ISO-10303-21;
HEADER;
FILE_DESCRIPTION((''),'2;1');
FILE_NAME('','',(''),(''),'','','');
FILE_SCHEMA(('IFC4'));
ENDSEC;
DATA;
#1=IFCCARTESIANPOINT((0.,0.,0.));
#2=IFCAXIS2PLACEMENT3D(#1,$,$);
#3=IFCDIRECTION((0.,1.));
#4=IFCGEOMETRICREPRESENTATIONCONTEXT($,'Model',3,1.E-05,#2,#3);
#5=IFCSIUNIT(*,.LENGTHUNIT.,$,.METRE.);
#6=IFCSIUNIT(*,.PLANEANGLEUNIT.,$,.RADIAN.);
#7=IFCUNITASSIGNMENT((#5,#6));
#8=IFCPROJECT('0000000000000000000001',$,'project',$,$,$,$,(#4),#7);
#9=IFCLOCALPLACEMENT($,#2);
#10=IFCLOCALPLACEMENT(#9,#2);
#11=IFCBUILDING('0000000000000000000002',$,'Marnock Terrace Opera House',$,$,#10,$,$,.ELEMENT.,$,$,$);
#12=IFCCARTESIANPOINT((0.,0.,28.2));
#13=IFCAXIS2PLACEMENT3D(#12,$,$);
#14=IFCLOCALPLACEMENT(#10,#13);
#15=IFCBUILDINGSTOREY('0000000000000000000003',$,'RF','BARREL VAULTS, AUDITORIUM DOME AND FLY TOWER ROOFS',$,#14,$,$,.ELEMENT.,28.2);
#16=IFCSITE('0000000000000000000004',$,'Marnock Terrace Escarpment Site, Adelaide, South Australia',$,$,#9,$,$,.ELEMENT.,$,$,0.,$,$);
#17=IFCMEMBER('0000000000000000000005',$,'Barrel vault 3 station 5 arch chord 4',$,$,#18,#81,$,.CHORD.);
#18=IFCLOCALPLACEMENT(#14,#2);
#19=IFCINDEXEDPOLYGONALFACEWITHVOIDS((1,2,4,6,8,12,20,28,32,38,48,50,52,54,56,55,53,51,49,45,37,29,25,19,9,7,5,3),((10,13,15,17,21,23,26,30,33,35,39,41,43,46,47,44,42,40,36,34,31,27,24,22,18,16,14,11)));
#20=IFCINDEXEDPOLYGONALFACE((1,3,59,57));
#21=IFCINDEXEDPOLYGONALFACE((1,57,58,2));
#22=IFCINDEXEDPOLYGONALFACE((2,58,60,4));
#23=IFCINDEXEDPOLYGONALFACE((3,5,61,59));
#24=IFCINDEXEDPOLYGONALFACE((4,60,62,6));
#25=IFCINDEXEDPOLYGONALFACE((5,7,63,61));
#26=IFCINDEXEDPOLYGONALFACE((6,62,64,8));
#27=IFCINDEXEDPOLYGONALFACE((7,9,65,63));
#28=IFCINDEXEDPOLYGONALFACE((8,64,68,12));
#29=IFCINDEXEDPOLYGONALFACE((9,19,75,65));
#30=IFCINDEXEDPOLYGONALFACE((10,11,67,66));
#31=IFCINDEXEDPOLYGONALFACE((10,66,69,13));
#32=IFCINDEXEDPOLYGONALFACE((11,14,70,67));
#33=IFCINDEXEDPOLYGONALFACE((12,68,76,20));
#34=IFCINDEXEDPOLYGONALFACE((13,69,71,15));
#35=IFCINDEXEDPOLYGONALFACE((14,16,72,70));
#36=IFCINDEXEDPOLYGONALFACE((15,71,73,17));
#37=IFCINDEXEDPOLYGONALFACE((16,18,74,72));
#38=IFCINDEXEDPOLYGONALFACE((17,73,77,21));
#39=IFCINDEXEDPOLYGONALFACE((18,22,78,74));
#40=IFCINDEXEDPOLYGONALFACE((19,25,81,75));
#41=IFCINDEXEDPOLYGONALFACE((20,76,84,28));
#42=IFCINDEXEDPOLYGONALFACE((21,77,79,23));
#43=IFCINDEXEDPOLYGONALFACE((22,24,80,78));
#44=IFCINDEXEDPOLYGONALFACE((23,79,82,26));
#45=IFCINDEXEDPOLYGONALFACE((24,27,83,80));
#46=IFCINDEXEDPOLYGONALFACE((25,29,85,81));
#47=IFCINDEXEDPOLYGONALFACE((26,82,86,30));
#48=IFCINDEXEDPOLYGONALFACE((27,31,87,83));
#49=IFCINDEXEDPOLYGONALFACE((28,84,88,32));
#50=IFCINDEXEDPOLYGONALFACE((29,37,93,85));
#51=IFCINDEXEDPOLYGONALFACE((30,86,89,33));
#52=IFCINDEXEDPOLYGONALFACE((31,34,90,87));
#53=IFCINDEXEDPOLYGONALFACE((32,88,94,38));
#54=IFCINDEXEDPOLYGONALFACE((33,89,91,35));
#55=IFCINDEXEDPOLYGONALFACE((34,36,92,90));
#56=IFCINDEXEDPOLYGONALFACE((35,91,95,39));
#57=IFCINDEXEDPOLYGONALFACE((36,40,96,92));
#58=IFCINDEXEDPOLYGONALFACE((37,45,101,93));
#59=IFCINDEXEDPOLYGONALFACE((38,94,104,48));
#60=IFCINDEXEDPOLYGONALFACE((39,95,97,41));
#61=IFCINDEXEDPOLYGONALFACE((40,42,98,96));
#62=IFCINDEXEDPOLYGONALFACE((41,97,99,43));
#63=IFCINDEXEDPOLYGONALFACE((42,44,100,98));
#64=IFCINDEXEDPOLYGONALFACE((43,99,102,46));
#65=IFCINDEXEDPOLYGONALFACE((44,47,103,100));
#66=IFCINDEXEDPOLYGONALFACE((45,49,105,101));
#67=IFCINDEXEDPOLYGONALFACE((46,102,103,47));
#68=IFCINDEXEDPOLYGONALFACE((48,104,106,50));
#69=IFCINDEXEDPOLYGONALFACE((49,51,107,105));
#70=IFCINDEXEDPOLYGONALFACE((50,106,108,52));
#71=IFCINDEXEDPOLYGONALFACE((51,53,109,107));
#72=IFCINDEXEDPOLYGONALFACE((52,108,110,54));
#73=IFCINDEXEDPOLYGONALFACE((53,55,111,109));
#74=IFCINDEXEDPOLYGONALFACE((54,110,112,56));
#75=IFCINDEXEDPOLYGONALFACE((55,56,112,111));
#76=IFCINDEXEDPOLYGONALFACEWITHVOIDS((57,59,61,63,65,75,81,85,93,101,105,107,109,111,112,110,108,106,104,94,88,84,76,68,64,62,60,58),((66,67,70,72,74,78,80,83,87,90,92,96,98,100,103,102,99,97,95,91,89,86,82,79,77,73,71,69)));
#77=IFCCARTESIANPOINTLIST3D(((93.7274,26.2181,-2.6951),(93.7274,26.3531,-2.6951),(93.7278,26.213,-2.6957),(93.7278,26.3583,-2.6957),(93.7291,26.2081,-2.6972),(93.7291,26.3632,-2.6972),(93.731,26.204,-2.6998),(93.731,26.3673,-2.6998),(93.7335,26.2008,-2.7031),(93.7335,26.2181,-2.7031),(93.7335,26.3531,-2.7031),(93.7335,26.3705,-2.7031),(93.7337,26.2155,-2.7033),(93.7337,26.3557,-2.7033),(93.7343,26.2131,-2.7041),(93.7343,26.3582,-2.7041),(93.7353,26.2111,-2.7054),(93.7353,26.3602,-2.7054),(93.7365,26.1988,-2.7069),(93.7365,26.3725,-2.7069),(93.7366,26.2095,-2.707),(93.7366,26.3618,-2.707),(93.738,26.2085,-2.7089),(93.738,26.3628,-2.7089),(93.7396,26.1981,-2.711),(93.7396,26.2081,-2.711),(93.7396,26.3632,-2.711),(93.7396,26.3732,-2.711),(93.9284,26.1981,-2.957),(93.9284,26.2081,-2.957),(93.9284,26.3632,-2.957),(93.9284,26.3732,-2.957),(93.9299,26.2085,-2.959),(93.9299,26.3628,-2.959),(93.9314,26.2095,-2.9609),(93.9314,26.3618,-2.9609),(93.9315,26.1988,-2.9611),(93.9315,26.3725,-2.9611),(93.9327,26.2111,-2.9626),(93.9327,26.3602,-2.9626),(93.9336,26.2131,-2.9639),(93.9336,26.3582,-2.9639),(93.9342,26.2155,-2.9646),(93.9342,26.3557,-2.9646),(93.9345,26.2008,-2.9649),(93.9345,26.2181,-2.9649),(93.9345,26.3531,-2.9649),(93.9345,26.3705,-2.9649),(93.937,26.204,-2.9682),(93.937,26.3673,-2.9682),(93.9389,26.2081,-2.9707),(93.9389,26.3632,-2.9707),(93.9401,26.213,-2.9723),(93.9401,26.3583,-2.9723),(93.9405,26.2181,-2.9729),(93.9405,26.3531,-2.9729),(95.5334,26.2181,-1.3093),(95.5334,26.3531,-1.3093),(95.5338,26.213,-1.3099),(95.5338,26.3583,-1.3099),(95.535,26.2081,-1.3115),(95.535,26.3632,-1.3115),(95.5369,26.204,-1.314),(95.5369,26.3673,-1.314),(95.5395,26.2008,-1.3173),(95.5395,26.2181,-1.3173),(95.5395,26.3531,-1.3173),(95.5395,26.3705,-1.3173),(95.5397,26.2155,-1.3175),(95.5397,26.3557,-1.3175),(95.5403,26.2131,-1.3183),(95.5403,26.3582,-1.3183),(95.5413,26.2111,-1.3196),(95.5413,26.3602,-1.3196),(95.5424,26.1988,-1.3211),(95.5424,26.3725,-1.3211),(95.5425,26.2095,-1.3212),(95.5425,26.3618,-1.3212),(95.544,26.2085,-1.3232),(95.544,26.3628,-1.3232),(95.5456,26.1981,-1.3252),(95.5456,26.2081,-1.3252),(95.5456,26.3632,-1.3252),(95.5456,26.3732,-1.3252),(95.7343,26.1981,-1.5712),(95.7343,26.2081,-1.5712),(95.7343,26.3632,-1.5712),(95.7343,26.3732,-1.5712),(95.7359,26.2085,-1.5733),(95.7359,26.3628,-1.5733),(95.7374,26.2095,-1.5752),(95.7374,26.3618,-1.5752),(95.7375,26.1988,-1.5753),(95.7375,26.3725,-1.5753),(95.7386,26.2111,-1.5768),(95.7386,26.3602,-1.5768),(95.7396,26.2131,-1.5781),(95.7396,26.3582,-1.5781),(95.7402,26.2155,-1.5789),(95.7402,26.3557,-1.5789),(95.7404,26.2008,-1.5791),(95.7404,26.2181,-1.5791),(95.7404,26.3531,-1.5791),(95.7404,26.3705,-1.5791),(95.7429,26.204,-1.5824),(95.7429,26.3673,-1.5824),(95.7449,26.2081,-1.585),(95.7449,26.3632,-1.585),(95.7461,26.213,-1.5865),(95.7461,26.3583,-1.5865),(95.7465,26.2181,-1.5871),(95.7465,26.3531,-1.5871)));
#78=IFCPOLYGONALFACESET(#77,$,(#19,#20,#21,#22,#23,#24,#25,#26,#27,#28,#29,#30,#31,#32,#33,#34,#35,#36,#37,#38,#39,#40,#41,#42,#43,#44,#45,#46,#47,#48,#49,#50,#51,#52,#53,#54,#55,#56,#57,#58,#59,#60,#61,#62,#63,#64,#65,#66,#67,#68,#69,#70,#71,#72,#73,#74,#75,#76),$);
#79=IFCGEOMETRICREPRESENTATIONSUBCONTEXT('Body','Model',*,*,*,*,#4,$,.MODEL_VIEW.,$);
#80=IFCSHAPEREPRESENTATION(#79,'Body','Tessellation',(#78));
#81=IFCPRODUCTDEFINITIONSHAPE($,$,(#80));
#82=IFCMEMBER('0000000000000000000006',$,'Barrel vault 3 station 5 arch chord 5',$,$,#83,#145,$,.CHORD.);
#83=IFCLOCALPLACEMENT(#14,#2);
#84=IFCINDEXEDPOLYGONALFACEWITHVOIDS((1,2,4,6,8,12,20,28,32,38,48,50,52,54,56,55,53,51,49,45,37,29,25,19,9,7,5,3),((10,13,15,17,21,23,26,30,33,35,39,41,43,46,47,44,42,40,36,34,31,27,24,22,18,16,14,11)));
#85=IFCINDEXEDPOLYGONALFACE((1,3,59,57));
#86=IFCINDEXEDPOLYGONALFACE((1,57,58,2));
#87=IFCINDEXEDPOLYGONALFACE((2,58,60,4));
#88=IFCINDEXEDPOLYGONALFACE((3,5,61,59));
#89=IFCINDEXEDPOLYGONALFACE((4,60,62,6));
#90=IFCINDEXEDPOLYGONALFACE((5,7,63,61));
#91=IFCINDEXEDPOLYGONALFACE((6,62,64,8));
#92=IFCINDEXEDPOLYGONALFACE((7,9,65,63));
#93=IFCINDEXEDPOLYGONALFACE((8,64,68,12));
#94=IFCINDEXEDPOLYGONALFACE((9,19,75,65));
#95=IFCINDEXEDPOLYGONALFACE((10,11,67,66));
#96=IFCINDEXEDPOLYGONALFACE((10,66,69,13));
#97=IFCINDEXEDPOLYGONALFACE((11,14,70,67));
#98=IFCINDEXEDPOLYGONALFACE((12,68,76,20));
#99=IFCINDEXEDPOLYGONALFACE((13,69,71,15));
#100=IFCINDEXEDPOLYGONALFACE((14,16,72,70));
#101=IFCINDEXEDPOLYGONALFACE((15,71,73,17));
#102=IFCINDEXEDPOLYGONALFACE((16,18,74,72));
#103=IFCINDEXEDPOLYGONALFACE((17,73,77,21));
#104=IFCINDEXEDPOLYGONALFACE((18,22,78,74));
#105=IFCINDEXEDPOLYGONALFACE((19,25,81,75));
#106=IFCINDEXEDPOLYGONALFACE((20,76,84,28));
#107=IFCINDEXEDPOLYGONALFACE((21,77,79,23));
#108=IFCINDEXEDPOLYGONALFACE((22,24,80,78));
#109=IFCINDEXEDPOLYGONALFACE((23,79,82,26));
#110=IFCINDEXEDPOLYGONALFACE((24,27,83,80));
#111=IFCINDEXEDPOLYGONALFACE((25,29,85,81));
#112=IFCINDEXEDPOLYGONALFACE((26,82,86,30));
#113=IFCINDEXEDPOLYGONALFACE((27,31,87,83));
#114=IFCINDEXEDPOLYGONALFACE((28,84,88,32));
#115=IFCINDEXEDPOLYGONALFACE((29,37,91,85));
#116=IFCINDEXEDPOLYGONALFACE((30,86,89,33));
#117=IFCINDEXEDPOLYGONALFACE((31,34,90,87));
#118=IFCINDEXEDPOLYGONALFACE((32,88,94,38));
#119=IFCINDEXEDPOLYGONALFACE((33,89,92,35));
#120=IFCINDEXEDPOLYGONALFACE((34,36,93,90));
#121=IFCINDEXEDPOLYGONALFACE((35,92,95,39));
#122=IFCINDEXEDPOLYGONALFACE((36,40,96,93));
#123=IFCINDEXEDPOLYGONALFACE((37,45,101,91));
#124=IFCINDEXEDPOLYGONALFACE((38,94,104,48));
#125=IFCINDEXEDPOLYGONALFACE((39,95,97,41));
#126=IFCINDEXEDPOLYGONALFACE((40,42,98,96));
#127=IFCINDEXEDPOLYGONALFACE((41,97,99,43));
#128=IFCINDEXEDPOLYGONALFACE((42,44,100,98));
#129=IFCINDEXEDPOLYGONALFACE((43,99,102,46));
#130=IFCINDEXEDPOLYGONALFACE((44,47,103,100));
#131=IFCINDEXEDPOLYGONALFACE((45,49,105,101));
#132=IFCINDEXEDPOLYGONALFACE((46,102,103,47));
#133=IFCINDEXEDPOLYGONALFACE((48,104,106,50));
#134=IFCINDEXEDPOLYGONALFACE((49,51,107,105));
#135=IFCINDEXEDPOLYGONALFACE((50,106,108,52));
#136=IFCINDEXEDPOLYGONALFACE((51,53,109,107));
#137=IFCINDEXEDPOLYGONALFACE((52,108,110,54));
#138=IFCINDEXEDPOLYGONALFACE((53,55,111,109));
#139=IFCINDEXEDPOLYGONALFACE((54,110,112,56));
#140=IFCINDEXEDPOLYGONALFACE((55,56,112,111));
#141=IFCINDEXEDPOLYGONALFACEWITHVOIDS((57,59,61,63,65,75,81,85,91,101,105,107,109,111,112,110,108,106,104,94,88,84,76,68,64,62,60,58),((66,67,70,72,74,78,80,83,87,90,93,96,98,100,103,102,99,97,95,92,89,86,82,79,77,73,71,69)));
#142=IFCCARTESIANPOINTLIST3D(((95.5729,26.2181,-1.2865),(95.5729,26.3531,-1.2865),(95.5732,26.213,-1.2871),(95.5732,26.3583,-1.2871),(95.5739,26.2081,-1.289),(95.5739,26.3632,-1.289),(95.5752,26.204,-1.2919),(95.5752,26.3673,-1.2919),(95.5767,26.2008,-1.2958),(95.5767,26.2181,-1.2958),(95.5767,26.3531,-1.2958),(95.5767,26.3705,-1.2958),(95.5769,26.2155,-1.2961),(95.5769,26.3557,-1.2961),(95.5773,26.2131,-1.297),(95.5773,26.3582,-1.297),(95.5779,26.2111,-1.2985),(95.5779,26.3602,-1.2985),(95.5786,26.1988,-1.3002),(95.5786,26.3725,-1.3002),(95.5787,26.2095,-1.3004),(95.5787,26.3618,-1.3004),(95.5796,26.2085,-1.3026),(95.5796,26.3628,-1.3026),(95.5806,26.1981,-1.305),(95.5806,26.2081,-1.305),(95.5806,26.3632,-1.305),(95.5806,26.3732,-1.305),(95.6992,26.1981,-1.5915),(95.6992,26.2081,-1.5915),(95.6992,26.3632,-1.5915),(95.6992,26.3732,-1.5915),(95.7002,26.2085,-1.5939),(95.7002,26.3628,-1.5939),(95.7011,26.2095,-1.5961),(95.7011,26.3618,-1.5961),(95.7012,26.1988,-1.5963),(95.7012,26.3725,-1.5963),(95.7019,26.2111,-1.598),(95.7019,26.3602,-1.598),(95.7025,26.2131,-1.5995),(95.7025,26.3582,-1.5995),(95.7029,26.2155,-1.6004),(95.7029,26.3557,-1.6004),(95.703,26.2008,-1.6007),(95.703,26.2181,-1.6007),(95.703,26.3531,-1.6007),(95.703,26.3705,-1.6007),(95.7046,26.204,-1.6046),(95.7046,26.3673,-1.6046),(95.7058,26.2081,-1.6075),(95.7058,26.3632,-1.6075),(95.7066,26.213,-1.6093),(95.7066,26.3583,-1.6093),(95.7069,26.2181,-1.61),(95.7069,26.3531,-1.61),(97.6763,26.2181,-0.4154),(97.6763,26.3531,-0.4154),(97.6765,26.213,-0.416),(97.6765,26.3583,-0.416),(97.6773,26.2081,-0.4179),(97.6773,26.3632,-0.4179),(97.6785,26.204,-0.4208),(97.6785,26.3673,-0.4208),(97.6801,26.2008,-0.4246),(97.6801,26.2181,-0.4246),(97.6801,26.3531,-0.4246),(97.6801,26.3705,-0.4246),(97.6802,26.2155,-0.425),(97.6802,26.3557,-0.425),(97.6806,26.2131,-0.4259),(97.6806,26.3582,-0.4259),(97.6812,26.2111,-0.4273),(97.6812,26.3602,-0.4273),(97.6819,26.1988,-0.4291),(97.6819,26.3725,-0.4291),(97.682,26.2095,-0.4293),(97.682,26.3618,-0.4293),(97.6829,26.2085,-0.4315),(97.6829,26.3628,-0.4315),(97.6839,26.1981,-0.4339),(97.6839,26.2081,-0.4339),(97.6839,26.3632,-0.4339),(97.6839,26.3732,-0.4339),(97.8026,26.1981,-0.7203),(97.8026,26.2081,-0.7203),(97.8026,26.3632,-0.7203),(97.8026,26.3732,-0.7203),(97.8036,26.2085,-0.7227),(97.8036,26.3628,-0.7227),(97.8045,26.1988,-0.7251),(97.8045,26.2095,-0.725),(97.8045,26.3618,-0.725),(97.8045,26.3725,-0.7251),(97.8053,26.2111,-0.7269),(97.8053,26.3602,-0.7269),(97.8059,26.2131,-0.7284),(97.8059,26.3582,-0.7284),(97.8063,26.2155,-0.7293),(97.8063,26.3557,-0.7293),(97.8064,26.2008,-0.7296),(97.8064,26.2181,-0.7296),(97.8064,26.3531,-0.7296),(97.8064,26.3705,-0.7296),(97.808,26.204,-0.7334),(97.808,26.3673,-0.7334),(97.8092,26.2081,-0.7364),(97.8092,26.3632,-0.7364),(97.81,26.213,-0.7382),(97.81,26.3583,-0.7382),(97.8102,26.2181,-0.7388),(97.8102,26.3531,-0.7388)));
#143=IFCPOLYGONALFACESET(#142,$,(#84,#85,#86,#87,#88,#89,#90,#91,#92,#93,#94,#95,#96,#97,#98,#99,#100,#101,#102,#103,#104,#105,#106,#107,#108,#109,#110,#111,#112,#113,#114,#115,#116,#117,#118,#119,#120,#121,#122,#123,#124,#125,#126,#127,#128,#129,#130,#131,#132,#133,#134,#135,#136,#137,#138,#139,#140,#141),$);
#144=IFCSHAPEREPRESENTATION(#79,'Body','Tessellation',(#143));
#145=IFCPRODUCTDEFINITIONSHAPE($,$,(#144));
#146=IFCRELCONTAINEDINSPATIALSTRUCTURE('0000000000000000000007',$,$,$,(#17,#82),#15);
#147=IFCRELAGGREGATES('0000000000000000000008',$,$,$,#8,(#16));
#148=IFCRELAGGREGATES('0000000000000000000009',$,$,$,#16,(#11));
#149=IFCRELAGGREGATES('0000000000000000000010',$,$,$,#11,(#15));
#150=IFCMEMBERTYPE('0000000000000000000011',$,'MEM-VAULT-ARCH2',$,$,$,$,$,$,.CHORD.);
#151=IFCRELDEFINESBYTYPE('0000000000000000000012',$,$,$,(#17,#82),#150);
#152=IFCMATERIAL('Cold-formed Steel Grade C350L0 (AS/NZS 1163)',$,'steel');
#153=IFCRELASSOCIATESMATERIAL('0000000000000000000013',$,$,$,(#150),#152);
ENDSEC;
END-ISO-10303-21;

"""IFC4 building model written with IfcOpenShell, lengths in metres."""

from ifc_helpers import new_model, si_unit, direction, frame, origin, origin_2d, place, context, subcontext, project, spatial, hollow_rectangle, extrude, material, material_profile, profile_set, type_object, element, save


model = new_model("IFC4")

# Units and contexts
model_context = context("Model", 3, precision=1e-05, world=origin(), true_north=direction((0.0, 1.0)))
body_context = subcontext(model_context, "Body", "Model", "MODEL_VIEW")
ifc_project = project(units=[si_unit("LENGTHUNIT", "METRE"), si_unit("PLANEANGLEUNIT", "RADIAN")], contexts=[model_context])

# Site, building, storey
site_placement = place(None, origin())
site = spatial("IfcSite", under=ifc_project, at=site_placement, Name="Marnock Terrace Escarpment Site, Adelaide, South Australia", CompositionType="ELEMENT", RefElevation=0.0)
building_placement = place(site_placement, origin())
building = spatial("IfcBuilding", under=site, at=building_placement, Name="Marnock Terrace Opera House", CompositionType="ELEMENT")
storey_placement = place(building_placement, frame((0.0, 0.0, 28.2)))
storey = spatial("IfcBuildingStorey", under=building, at=storey_placement, Name="RF", Description="BARREL VAULTS, AUDITORIUM DOME AND FLY TOWER ROOFS", CompositionType="ELEMENT", Elevation=28.2)

# Members
ifc_material = material(Name="Cold-formed Steel Grade C350L0 (AS/NZS 1163)", Category="steel")
ifc_material_profile_1 = material_profile(ifc_material, hollow_rectangle(XDim=0.175, YDim=0.3501, WallThickness=0.01, InnerFilletRadius=0.01, OuterFilletRadius=0.02, at=origin_2d()))
ifc_profile_set_1 = profile_set([ifc_material_profile_1], Name="Cold-formed Steel Grade C350L0 (AS/NZS 1163)")
member_type_1 = type_object("IfcMemberType", Name="MEM-VAULT-ARCH2", PredefinedType="CHORD", material=ifc_profile_set_1)
member_1_placement = place(storey_placement, frame((93.834, 26.2856, -2.834), z_axis=(0.793349, 0.0, 0.608767), x_axis=(0.0, 1.0, 0.0)))
element("IfcMember", 1, at=member_1_placement, inside=storey, type_object=member_type_1, Name="Barrel vault 3 station 5 arch chord 4", PredefinedType="CHORD", context=body_context, shape_type="SweptSolid", body=[
    extrude(hollow_rectangle(XDim=0.175, YDim=0.3501, WallThickness=0.01, InnerFilletRadius=0.01, OuterFilletRadius=0.02, at=origin_2d()), origin(), (0.0, 0.0, 1.0), 2.2764),
])
member_2_placement = place(storey_placement, frame((95.6399, 26.2856, -1.4482), z_axis=(0.923897, 0.0, 0.382642), x_axis=(0.0, 1.0, 0.0)))
element("IfcMember", 2, at=member_2_placement, inside=storey, type_object=member_type_1, Name="Barrel vault 3 station 5 arch chord 5", PredefinedType="CHORD", context=body_context, shape_type="SweptSolid", body=[
    extrude(hollow_rectangle(XDim=0.175, YDim=0.3501, WallThickness=0.01, InnerFilletRadius=0.01, OuterFilletRadius=0.02, at=origin_2d()), origin(), (0.0, 0.0, 1.0), 2.2766),
])

save(model, "model.ifc")
